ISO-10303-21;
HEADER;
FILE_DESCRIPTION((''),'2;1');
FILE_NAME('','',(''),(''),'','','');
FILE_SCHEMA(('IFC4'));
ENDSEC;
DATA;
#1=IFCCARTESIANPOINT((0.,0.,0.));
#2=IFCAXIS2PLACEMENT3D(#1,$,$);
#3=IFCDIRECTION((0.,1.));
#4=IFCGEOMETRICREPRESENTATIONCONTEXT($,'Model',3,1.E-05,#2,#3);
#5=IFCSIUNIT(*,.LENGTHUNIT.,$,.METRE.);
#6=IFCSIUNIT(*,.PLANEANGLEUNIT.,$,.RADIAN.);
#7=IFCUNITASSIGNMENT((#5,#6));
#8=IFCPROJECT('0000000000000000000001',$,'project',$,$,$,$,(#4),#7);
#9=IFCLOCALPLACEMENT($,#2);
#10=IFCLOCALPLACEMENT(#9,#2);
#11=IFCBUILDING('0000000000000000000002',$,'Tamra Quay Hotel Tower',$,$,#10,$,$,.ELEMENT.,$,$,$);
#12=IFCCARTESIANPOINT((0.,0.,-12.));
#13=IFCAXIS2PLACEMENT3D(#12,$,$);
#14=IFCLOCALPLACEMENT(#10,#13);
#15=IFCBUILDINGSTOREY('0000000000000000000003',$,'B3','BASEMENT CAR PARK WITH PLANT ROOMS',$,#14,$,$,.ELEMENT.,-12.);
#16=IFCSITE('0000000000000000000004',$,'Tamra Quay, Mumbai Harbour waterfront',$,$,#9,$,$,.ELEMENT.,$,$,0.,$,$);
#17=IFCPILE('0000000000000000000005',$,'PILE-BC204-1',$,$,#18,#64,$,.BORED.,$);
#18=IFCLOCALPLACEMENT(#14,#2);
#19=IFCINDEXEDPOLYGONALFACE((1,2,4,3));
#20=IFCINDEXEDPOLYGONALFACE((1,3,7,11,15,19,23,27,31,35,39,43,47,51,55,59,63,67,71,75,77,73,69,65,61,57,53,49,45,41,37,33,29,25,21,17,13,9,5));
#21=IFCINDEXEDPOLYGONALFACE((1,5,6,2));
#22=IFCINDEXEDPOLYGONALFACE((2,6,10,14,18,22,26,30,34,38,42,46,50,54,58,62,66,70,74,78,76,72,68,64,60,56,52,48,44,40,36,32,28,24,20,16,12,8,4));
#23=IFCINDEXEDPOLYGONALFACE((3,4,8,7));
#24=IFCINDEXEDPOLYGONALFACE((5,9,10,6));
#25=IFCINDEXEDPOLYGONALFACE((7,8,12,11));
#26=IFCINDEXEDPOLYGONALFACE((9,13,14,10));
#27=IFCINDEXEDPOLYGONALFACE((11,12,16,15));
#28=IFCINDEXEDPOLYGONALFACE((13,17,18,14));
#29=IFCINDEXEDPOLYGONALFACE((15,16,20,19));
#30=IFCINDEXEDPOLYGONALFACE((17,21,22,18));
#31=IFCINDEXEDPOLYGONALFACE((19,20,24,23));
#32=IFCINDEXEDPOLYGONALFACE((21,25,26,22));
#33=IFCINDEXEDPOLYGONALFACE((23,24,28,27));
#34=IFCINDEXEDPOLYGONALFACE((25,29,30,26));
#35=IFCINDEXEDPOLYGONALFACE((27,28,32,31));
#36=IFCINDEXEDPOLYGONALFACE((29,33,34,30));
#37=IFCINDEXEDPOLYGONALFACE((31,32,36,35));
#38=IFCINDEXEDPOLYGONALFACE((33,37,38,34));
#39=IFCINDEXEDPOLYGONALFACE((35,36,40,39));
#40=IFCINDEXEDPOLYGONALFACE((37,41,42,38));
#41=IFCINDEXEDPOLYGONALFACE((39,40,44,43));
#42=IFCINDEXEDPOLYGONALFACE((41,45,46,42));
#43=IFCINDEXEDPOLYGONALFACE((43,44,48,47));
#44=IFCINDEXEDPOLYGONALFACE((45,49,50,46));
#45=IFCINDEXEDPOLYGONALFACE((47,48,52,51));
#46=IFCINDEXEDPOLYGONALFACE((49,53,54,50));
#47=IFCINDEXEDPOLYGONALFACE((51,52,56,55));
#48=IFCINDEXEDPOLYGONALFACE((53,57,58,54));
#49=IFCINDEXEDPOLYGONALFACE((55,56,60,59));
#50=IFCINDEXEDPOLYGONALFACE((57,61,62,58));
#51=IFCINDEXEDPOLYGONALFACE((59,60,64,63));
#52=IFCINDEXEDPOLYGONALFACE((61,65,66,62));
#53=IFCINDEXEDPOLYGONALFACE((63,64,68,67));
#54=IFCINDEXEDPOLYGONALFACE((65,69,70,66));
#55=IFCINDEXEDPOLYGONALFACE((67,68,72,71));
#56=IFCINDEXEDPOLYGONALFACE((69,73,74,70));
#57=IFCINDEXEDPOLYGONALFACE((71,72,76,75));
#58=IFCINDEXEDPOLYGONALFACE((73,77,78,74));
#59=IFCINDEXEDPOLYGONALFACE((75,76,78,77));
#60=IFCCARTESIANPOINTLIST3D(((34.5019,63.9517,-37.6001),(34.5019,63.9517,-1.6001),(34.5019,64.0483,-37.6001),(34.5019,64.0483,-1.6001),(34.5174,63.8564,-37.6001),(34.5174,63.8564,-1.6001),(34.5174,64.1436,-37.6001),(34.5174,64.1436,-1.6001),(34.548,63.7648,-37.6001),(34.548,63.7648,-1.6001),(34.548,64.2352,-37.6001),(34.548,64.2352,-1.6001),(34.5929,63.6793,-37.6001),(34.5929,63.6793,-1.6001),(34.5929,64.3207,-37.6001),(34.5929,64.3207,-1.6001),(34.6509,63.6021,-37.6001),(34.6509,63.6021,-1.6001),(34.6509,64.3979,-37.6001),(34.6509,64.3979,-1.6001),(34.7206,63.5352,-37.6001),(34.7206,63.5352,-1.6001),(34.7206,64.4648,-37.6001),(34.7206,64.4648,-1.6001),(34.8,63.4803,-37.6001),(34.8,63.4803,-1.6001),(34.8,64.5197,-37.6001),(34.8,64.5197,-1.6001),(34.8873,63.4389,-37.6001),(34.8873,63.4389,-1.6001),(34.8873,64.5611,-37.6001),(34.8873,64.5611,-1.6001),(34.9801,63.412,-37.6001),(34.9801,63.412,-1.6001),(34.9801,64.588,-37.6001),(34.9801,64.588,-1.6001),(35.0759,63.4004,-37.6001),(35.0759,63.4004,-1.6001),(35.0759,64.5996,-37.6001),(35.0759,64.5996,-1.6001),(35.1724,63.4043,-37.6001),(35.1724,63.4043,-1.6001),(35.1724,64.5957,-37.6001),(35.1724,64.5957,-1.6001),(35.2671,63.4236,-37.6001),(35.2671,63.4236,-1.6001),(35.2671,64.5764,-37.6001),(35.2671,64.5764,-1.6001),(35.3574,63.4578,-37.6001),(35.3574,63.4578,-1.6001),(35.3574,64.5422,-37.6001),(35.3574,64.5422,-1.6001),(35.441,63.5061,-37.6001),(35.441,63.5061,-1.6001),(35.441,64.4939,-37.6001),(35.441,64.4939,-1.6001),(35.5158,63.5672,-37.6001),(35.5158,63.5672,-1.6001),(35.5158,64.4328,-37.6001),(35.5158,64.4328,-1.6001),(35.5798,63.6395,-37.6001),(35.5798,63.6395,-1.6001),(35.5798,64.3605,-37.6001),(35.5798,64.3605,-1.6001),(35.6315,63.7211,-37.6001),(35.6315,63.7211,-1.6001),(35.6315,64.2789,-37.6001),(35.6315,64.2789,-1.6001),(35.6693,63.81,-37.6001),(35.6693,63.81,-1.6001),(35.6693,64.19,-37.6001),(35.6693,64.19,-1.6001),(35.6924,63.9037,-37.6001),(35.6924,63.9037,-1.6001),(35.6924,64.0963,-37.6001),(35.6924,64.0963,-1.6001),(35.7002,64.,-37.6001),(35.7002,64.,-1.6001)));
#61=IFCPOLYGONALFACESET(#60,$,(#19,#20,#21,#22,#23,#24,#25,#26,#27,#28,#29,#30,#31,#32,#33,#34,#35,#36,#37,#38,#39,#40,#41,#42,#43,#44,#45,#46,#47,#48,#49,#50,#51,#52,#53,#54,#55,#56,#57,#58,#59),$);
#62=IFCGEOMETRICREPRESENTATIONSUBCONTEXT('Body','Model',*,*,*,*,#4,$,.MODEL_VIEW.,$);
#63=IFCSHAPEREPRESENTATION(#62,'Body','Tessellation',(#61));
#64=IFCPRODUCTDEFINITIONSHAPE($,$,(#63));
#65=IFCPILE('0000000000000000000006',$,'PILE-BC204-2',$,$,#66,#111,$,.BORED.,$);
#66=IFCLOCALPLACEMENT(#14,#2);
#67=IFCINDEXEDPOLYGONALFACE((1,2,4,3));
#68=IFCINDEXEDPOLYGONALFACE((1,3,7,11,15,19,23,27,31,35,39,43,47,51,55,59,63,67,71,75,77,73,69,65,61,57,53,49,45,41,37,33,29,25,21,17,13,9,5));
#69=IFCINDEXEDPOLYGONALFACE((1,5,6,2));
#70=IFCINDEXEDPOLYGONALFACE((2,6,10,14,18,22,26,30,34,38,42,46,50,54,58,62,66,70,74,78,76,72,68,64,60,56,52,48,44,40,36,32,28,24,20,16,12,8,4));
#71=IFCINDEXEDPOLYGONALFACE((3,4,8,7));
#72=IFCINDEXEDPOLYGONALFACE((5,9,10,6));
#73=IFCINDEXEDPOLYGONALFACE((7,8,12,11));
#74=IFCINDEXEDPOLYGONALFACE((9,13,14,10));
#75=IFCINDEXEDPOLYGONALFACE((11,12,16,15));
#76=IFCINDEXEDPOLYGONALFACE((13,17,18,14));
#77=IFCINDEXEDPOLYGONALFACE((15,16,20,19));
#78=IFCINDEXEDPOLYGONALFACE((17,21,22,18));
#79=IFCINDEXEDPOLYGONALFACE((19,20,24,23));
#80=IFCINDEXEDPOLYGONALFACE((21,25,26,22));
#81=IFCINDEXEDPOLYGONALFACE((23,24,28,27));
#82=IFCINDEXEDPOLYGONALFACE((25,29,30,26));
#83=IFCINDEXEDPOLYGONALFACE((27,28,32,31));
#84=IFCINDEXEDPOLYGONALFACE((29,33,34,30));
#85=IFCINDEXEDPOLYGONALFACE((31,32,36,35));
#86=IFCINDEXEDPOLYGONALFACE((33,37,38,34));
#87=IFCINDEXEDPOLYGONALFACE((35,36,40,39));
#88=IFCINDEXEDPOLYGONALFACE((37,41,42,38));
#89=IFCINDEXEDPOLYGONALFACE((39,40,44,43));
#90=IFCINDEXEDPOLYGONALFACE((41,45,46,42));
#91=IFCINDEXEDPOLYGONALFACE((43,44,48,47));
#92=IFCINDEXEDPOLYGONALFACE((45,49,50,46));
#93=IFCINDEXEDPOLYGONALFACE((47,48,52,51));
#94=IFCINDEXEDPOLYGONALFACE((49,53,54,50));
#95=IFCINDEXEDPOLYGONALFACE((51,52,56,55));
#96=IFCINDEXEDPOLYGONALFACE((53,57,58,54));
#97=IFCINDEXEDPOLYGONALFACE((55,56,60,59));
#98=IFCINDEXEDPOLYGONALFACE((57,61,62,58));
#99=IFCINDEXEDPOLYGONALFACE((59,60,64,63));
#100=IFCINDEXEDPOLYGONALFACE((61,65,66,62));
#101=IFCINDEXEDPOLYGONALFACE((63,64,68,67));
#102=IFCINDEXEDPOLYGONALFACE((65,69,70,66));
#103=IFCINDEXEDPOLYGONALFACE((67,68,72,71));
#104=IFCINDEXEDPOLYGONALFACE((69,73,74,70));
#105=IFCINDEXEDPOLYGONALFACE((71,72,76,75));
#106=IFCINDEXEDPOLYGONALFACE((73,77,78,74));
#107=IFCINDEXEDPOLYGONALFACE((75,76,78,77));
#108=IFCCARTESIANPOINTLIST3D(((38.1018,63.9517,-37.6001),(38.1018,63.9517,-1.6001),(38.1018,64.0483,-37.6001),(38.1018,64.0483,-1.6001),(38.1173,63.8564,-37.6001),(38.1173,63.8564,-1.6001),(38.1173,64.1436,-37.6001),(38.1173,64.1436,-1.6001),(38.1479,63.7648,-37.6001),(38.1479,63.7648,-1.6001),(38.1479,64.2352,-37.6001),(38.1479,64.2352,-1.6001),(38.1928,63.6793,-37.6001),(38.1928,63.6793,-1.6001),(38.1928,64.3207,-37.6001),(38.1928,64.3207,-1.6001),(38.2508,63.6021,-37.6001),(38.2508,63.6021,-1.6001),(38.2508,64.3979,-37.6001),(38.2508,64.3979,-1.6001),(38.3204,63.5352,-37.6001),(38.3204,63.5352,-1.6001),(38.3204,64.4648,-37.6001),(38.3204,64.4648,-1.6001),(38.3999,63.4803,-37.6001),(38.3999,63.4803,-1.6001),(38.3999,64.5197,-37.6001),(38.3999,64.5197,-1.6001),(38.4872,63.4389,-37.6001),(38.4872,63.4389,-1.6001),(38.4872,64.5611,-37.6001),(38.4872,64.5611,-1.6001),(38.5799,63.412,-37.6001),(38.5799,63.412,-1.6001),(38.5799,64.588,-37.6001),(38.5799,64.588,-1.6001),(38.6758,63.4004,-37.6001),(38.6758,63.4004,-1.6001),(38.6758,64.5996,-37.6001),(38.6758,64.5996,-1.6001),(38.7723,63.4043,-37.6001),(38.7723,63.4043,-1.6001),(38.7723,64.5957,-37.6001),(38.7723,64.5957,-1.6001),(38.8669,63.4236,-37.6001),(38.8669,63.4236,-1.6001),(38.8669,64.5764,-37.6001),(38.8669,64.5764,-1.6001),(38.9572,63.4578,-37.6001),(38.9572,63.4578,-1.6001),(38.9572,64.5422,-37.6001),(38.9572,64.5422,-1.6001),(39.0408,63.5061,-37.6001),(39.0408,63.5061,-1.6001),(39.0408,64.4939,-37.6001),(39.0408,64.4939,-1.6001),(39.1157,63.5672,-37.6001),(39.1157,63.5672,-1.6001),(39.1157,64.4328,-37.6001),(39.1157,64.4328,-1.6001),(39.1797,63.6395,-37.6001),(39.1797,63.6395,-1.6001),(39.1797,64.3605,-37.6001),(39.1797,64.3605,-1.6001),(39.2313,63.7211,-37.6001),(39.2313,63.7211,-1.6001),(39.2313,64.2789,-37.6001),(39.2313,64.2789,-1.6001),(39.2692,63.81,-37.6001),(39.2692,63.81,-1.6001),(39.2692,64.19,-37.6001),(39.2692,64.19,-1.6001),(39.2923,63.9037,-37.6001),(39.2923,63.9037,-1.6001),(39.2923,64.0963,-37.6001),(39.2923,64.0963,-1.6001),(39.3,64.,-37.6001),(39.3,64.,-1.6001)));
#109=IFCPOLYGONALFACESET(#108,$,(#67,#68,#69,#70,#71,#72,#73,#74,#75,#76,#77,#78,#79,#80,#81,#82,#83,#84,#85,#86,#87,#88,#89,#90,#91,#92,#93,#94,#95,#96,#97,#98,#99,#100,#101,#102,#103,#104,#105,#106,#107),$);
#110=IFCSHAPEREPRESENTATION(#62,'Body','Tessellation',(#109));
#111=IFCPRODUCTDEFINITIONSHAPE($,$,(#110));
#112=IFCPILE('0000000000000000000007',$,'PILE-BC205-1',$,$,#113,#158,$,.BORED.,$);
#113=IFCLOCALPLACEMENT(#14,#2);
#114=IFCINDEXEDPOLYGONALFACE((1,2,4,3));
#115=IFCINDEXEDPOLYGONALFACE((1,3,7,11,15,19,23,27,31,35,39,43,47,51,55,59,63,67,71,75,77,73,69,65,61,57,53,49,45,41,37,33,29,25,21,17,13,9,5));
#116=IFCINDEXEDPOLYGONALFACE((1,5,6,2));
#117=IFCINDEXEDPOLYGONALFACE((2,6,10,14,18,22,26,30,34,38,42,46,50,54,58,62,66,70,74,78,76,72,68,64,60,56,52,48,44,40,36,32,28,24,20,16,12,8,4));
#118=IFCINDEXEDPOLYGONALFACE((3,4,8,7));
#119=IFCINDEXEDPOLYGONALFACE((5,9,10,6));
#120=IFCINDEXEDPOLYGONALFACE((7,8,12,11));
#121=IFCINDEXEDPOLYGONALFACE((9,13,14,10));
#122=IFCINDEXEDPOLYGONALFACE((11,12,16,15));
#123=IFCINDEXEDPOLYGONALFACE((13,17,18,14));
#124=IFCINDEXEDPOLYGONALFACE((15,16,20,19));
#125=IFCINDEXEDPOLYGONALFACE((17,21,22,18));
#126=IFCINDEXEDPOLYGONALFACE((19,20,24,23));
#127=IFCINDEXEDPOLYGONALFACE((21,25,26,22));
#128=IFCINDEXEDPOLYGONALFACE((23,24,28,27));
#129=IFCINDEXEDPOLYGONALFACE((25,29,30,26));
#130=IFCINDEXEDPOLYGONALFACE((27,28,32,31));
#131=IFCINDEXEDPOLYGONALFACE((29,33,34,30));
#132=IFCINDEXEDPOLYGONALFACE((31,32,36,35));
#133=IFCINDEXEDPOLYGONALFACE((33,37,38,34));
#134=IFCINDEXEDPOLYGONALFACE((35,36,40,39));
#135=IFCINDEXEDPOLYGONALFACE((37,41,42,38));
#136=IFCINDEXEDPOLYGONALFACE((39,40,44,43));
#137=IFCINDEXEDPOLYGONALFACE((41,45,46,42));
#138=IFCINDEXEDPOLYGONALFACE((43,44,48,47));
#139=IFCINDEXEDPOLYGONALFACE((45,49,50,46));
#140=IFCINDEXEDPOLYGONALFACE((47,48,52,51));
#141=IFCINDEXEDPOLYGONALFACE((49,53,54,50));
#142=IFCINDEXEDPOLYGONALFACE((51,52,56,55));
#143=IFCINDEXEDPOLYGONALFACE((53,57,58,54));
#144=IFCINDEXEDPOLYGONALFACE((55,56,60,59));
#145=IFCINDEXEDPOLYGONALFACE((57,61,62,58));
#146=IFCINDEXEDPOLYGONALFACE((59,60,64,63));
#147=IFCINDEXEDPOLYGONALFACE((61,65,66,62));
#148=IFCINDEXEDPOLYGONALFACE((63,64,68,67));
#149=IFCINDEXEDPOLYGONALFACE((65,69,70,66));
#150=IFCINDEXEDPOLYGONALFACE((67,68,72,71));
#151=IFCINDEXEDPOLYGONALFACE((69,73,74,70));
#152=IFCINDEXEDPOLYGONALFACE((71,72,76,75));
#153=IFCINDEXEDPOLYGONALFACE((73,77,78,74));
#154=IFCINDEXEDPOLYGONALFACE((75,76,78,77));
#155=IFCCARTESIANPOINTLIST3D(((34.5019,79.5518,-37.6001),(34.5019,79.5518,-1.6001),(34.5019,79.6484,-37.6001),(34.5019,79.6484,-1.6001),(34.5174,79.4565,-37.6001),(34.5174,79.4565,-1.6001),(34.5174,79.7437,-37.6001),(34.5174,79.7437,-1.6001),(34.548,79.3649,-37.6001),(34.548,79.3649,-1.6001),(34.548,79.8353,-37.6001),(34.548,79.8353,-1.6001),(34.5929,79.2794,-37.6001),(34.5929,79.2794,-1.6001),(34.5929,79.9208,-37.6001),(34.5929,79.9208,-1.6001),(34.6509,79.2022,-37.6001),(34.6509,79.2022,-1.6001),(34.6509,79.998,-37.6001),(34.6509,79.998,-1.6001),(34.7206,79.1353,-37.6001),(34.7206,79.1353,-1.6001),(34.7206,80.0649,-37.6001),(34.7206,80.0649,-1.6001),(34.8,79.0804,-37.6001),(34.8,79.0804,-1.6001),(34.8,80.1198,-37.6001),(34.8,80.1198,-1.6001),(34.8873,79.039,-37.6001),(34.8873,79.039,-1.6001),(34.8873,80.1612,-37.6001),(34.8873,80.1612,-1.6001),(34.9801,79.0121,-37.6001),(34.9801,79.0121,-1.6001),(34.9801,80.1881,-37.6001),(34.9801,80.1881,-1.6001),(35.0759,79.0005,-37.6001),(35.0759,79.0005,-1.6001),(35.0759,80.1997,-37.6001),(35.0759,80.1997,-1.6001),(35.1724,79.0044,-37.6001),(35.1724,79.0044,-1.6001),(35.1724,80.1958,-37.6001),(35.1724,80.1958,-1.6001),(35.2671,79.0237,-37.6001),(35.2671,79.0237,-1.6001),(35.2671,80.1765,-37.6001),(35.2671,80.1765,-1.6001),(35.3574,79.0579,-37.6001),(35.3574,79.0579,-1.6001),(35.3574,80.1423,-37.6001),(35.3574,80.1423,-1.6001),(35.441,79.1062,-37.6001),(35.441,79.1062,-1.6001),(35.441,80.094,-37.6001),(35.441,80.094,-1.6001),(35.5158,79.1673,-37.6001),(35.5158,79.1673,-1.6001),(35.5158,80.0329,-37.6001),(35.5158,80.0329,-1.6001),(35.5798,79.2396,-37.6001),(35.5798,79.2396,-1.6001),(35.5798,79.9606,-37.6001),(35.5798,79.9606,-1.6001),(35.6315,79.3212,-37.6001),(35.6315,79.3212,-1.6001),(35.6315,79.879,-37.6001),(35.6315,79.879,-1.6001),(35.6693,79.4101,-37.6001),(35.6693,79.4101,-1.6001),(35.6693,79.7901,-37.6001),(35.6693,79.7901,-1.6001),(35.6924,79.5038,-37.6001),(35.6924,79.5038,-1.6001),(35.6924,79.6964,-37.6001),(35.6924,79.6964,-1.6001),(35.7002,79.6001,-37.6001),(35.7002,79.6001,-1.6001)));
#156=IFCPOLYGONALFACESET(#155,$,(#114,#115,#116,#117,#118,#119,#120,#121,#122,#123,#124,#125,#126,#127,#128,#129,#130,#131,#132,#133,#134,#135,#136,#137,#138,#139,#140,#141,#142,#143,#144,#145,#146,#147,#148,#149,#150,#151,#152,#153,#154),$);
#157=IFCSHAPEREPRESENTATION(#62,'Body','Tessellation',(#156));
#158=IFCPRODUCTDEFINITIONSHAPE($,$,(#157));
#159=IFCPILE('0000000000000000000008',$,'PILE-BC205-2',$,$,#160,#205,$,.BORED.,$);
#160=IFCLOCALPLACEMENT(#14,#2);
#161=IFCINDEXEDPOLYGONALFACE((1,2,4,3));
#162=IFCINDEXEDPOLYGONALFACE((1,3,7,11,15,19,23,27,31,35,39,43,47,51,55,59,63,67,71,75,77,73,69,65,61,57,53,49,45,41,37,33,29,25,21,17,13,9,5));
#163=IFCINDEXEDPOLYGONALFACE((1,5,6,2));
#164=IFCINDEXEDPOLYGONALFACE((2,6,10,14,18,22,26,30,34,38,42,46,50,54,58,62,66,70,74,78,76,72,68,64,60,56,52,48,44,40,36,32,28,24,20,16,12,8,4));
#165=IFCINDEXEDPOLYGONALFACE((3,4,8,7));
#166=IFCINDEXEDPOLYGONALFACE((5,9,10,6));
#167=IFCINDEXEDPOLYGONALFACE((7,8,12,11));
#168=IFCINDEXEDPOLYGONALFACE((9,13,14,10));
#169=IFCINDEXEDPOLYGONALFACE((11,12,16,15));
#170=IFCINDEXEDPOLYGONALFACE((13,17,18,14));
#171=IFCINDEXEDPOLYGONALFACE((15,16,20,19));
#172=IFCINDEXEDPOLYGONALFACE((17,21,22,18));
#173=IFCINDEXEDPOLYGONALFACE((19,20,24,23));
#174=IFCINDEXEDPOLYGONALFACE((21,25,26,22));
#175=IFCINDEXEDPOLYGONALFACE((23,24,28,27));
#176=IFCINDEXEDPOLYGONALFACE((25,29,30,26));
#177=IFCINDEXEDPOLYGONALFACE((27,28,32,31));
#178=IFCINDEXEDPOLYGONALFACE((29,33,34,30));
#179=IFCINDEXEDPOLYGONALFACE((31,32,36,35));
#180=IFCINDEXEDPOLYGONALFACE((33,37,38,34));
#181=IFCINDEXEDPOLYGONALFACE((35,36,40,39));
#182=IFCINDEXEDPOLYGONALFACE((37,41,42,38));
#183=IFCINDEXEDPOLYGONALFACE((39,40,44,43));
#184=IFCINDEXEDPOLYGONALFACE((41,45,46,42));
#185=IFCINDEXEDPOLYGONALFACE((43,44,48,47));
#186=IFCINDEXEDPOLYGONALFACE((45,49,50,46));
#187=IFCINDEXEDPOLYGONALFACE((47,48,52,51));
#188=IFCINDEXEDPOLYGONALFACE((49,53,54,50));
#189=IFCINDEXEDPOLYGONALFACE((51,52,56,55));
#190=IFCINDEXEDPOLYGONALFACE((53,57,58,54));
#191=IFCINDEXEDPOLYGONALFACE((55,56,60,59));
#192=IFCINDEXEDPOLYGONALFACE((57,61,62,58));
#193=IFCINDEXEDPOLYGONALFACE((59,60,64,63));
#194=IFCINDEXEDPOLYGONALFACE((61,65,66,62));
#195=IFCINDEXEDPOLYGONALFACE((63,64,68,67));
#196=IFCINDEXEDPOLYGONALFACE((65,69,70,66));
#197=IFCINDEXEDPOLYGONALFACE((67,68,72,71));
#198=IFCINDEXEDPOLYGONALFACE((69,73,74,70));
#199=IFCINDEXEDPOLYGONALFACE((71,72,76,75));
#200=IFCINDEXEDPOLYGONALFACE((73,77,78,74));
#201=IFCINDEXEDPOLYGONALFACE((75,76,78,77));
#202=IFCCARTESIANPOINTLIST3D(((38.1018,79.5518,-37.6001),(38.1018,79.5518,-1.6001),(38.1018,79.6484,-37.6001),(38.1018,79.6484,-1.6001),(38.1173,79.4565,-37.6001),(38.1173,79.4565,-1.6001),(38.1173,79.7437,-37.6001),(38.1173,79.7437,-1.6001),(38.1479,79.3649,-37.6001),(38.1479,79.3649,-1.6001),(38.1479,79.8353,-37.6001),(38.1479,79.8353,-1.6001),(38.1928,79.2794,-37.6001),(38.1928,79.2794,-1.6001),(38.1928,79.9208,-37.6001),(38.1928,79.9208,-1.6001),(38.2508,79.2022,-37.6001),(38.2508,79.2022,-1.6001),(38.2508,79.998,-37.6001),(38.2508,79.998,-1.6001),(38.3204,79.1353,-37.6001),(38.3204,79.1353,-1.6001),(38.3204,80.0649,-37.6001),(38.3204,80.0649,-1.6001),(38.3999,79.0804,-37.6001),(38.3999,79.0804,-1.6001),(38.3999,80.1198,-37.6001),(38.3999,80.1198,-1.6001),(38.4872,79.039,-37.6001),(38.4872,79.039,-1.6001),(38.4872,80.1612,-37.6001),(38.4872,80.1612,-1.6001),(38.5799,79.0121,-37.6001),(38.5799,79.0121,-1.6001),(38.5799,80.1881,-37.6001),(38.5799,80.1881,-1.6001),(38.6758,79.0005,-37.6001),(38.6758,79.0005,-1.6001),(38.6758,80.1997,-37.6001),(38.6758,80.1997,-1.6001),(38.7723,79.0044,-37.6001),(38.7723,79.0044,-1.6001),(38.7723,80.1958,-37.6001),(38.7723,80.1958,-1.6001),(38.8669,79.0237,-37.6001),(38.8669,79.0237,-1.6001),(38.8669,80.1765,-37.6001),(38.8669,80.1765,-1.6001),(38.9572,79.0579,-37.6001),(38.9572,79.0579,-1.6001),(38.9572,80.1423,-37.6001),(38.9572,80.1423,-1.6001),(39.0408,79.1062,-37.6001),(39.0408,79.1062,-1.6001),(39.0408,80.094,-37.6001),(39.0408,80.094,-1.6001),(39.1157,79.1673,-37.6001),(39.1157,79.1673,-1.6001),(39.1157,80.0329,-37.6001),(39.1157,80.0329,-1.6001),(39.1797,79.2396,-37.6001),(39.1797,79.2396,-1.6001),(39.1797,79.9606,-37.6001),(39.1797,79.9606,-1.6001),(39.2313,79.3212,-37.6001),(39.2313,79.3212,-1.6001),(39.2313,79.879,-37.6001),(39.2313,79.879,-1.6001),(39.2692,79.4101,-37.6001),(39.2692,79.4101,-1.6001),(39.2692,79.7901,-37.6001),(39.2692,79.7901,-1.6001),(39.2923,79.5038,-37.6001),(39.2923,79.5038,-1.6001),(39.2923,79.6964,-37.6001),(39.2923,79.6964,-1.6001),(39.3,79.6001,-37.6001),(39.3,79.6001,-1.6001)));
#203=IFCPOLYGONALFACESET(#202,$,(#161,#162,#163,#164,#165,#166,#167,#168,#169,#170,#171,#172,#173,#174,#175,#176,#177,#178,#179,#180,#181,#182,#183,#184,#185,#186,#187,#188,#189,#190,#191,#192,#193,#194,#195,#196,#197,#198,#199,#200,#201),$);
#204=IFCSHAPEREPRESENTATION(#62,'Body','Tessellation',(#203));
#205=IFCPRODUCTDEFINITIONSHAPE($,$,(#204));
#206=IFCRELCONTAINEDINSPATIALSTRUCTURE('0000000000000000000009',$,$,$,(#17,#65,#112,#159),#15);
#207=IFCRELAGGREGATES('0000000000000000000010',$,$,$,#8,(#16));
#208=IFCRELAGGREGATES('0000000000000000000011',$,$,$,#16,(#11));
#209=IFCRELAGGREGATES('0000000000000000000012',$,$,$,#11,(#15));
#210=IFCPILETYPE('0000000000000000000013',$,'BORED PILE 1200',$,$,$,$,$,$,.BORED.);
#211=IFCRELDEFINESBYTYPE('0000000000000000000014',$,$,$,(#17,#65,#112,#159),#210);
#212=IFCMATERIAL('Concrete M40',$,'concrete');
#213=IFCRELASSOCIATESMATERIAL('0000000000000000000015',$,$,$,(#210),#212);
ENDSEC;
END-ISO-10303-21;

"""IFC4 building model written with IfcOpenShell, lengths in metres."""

from ifc_helpers import new_model, si_unit, direction, frame, origin, origin_2d, place, context, subcontext, project, spatial, circle, extrude, material, material_profile, profile_set, type_object, element, save


model = new_model("IFC4")

# Units and contexts
model_context = context("Model", 3, precision=1e-05, world=origin(), true_north=direction((0.0, 1.0)))
body_context = subcontext(model_context, "Body", "Model", "MODEL_VIEW")
ifc_project = project(units=[si_unit("LENGTHUNIT", "METRE"), si_unit("PLANEANGLEUNIT", "RADIAN")], contexts=[model_context])

# Site, building, storey
site_placement = place(None, origin())
site = spatial("IfcSite", under=ifc_project, at=site_placement, Name="Tamra Quay, Mumbai Harbour waterfront", CompositionType="ELEMENT", RefElevation=0.0)
building_placement = place(site_placement, origin())
building = spatial("IfcBuilding", under=site, at=building_placement, Name="Tamra Quay Hotel Tower", CompositionType="ELEMENT")
storey_placement = place(building_placement, frame((0.0, 0.0, -12.0)))
storey = spatial("IfcBuildingStorey", under=building, at=storey_placement, Name="B3", Description="BASEMENT CAR PARK WITH PLANT ROOMS", CompositionType="ELEMENT", Elevation=-12.0)

# Piles
ifc_material_1 = material(Name="Concrete M40", Category="concrete")
ifc_material_profile_1 = material_profile(ifc_material_1, circle(Radius=0.6001, at=origin_2d()), Name="BORED PILE 1200")
ifc_profile_set_1 = profile_set([ifc_material_profile_1], Name="Concrete M40")
pile_type = type_object("IfcPileType", Name="BORED PILE 1200", PredefinedType="BORED", material=ifc_profile_set_1)
for number, where, z_axis, x_axis, name in (
    (1, (35.1001, 64.0, -1.6001), (0.0, 0.0, -1.0), (1.0, 0.0, 0.0), "PILE-BC204-1"),
    (2, (38.7, 64.0, -1.6001), (0.0, 0.0, -1.0), (1.0, 0.0, 0.0), "PILE-BC204-2"),
    (3, (35.1001, 79.6001, -1.6001), (0.0, 0.0, -1.0), (1.0, 0.0, 0.0), "PILE-BC205-1"),
    (4, (38.7, 79.6001, -1.6001), (0.0, 0.0, -1.0), (1.0, 0.0, 0.0), "PILE-BC205-2"),
):
    element("IfcPile", number, at=place(storey_placement, frame(where, z_axis=z_axis, x_axis=x_axis)), inside=storey, type_object=pile_type, Name=name, PredefinedType="BORED", context=body_context, shape_type="SweptSolid", body=[
        extrude(circle(Radius=0.6001, at=origin_2d()), origin(), (0.0, 0.0, 1.0), 36.0),
    ])

save(model, "model.ifc")
